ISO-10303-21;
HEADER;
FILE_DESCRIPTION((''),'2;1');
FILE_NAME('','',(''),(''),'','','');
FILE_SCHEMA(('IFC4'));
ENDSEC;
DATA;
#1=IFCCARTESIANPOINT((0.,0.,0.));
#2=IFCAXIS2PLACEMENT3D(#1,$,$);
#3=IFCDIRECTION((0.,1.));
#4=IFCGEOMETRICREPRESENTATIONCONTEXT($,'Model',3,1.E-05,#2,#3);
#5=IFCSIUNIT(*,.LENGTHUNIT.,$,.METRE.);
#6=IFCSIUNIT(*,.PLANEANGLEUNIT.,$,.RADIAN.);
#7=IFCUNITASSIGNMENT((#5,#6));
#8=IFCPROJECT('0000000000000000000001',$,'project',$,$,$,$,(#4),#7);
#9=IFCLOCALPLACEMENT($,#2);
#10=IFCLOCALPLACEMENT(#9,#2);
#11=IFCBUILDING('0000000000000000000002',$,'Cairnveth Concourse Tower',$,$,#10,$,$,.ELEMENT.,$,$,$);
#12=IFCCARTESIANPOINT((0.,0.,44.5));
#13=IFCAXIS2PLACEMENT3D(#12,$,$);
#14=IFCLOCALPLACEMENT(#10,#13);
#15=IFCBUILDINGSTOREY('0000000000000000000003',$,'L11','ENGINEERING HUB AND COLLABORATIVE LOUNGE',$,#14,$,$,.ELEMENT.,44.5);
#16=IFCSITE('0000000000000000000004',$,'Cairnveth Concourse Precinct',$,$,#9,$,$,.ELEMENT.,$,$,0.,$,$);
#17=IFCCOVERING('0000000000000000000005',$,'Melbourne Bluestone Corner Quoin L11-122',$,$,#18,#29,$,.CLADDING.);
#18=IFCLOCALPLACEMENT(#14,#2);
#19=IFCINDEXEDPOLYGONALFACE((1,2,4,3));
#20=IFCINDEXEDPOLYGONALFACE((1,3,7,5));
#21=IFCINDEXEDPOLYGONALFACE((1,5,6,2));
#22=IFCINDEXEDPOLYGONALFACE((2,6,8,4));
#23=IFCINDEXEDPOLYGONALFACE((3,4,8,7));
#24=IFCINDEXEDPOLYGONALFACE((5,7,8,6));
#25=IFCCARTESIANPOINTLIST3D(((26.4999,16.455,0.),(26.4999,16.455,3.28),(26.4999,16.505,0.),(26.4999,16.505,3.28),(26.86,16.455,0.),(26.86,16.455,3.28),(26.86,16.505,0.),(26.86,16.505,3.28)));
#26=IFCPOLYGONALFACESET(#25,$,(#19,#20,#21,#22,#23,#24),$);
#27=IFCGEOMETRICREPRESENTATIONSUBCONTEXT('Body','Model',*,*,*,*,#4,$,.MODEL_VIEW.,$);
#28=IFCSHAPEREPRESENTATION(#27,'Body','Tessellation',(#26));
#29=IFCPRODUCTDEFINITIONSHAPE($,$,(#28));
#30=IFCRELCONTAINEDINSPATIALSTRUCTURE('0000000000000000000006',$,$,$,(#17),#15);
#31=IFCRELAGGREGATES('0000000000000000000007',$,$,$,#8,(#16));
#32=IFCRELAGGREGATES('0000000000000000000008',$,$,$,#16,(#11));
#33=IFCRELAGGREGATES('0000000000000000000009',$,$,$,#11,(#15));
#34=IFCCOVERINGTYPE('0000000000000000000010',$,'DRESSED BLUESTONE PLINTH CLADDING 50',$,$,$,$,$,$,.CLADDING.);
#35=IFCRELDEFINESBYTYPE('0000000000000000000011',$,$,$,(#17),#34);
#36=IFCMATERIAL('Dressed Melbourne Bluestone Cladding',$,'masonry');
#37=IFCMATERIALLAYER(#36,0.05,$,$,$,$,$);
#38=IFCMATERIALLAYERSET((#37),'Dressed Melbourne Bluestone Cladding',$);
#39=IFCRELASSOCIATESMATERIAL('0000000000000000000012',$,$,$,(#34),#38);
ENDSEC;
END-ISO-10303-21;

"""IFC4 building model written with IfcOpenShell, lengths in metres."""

from ifc_helpers import new_model, si_unit, direction, frame, frame_2d, origin, place, context, subcontext, project, spatial, rectangle, extrude, material, layer, layer_set, type_object, element, save


model = new_model("IFC4")

# Units and contexts
model_context = context("Model", 3, precision=1e-05, world=origin(), true_north=direction((0.0, 1.0)))
body_context = subcontext(model_context, "Body", "Model", "MODEL_VIEW")
ifc_project = project(units=[si_unit("LENGTHUNIT", "METRE"), si_unit("PLANEANGLEUNIT", "RADIAN")], contexts=[model_context])

# Site, building, storey
site_placement = place(None, origin())
site = spatial("IfcSite", under=ifc_project, at=site_placement, Name="Cairnveth Concourse Precinct", CompositionType="ELEMENT", RefElevation=0.0)
building_placement = place(site_placement, origin())
building = spatial("IfcBuilding", under=site, at=building_placement, Name="Cairnveth Concourse Tower", CompositionType="ELEMENT")
storey_placement = place(building_placement, frame((0.0, 0.0, 44.5)))
storey = spatial("IfcBuildingStorey", under=building, at=storey_placement, Name="L11", Description="ENGINEERING HUB AND COLLABORATIVE LOUNGE", CompositionType="ELEMENT", Elevation=44.5)

# Covering
ifc_material_1 = material(Name="Dressed Melbourne Bluestone Cladding", Category="masonry")
ifc_layer_1 = layer(ifc_material_1, 0.05)
ifc_layer_set_1 = layer_set([ifc_layer_1], Name="Dressed Melbourne Bluestone Cladding")
covering_type = type_object("IfcCoveringType", Name="DRESSED BLUESTONE PLINTH CLADDING 50", PredefinedType="CLADDING", material=ifc_layer_set_1)
for number, where, z_axis, x_axis, name in (
    (1, (26.8601, 16.48, 0.0), (0.0, 0.0, 1.0), (-1.0, 0.0, 0.0), "Melbourne Bluestone Corner Quoin L11-122"),
):
    element("IfcCovering", number, at=place(storey_placement, frame(where, z_axis=z_axis, x_axis=x_axis)), inside=storey, type_object=covering_type, Name=name, PredefinedType="CLADDING", context=body_context, shape_type="SweptSolid", body=[
        extrude(rectangle(XDim=0.3601, YDim=0.05, at=frame_2d((0.1802, 0.0))), origin(), (0.0, 0.0, 1.0), 3.28),
    ])

save(model, "model.ifc")
